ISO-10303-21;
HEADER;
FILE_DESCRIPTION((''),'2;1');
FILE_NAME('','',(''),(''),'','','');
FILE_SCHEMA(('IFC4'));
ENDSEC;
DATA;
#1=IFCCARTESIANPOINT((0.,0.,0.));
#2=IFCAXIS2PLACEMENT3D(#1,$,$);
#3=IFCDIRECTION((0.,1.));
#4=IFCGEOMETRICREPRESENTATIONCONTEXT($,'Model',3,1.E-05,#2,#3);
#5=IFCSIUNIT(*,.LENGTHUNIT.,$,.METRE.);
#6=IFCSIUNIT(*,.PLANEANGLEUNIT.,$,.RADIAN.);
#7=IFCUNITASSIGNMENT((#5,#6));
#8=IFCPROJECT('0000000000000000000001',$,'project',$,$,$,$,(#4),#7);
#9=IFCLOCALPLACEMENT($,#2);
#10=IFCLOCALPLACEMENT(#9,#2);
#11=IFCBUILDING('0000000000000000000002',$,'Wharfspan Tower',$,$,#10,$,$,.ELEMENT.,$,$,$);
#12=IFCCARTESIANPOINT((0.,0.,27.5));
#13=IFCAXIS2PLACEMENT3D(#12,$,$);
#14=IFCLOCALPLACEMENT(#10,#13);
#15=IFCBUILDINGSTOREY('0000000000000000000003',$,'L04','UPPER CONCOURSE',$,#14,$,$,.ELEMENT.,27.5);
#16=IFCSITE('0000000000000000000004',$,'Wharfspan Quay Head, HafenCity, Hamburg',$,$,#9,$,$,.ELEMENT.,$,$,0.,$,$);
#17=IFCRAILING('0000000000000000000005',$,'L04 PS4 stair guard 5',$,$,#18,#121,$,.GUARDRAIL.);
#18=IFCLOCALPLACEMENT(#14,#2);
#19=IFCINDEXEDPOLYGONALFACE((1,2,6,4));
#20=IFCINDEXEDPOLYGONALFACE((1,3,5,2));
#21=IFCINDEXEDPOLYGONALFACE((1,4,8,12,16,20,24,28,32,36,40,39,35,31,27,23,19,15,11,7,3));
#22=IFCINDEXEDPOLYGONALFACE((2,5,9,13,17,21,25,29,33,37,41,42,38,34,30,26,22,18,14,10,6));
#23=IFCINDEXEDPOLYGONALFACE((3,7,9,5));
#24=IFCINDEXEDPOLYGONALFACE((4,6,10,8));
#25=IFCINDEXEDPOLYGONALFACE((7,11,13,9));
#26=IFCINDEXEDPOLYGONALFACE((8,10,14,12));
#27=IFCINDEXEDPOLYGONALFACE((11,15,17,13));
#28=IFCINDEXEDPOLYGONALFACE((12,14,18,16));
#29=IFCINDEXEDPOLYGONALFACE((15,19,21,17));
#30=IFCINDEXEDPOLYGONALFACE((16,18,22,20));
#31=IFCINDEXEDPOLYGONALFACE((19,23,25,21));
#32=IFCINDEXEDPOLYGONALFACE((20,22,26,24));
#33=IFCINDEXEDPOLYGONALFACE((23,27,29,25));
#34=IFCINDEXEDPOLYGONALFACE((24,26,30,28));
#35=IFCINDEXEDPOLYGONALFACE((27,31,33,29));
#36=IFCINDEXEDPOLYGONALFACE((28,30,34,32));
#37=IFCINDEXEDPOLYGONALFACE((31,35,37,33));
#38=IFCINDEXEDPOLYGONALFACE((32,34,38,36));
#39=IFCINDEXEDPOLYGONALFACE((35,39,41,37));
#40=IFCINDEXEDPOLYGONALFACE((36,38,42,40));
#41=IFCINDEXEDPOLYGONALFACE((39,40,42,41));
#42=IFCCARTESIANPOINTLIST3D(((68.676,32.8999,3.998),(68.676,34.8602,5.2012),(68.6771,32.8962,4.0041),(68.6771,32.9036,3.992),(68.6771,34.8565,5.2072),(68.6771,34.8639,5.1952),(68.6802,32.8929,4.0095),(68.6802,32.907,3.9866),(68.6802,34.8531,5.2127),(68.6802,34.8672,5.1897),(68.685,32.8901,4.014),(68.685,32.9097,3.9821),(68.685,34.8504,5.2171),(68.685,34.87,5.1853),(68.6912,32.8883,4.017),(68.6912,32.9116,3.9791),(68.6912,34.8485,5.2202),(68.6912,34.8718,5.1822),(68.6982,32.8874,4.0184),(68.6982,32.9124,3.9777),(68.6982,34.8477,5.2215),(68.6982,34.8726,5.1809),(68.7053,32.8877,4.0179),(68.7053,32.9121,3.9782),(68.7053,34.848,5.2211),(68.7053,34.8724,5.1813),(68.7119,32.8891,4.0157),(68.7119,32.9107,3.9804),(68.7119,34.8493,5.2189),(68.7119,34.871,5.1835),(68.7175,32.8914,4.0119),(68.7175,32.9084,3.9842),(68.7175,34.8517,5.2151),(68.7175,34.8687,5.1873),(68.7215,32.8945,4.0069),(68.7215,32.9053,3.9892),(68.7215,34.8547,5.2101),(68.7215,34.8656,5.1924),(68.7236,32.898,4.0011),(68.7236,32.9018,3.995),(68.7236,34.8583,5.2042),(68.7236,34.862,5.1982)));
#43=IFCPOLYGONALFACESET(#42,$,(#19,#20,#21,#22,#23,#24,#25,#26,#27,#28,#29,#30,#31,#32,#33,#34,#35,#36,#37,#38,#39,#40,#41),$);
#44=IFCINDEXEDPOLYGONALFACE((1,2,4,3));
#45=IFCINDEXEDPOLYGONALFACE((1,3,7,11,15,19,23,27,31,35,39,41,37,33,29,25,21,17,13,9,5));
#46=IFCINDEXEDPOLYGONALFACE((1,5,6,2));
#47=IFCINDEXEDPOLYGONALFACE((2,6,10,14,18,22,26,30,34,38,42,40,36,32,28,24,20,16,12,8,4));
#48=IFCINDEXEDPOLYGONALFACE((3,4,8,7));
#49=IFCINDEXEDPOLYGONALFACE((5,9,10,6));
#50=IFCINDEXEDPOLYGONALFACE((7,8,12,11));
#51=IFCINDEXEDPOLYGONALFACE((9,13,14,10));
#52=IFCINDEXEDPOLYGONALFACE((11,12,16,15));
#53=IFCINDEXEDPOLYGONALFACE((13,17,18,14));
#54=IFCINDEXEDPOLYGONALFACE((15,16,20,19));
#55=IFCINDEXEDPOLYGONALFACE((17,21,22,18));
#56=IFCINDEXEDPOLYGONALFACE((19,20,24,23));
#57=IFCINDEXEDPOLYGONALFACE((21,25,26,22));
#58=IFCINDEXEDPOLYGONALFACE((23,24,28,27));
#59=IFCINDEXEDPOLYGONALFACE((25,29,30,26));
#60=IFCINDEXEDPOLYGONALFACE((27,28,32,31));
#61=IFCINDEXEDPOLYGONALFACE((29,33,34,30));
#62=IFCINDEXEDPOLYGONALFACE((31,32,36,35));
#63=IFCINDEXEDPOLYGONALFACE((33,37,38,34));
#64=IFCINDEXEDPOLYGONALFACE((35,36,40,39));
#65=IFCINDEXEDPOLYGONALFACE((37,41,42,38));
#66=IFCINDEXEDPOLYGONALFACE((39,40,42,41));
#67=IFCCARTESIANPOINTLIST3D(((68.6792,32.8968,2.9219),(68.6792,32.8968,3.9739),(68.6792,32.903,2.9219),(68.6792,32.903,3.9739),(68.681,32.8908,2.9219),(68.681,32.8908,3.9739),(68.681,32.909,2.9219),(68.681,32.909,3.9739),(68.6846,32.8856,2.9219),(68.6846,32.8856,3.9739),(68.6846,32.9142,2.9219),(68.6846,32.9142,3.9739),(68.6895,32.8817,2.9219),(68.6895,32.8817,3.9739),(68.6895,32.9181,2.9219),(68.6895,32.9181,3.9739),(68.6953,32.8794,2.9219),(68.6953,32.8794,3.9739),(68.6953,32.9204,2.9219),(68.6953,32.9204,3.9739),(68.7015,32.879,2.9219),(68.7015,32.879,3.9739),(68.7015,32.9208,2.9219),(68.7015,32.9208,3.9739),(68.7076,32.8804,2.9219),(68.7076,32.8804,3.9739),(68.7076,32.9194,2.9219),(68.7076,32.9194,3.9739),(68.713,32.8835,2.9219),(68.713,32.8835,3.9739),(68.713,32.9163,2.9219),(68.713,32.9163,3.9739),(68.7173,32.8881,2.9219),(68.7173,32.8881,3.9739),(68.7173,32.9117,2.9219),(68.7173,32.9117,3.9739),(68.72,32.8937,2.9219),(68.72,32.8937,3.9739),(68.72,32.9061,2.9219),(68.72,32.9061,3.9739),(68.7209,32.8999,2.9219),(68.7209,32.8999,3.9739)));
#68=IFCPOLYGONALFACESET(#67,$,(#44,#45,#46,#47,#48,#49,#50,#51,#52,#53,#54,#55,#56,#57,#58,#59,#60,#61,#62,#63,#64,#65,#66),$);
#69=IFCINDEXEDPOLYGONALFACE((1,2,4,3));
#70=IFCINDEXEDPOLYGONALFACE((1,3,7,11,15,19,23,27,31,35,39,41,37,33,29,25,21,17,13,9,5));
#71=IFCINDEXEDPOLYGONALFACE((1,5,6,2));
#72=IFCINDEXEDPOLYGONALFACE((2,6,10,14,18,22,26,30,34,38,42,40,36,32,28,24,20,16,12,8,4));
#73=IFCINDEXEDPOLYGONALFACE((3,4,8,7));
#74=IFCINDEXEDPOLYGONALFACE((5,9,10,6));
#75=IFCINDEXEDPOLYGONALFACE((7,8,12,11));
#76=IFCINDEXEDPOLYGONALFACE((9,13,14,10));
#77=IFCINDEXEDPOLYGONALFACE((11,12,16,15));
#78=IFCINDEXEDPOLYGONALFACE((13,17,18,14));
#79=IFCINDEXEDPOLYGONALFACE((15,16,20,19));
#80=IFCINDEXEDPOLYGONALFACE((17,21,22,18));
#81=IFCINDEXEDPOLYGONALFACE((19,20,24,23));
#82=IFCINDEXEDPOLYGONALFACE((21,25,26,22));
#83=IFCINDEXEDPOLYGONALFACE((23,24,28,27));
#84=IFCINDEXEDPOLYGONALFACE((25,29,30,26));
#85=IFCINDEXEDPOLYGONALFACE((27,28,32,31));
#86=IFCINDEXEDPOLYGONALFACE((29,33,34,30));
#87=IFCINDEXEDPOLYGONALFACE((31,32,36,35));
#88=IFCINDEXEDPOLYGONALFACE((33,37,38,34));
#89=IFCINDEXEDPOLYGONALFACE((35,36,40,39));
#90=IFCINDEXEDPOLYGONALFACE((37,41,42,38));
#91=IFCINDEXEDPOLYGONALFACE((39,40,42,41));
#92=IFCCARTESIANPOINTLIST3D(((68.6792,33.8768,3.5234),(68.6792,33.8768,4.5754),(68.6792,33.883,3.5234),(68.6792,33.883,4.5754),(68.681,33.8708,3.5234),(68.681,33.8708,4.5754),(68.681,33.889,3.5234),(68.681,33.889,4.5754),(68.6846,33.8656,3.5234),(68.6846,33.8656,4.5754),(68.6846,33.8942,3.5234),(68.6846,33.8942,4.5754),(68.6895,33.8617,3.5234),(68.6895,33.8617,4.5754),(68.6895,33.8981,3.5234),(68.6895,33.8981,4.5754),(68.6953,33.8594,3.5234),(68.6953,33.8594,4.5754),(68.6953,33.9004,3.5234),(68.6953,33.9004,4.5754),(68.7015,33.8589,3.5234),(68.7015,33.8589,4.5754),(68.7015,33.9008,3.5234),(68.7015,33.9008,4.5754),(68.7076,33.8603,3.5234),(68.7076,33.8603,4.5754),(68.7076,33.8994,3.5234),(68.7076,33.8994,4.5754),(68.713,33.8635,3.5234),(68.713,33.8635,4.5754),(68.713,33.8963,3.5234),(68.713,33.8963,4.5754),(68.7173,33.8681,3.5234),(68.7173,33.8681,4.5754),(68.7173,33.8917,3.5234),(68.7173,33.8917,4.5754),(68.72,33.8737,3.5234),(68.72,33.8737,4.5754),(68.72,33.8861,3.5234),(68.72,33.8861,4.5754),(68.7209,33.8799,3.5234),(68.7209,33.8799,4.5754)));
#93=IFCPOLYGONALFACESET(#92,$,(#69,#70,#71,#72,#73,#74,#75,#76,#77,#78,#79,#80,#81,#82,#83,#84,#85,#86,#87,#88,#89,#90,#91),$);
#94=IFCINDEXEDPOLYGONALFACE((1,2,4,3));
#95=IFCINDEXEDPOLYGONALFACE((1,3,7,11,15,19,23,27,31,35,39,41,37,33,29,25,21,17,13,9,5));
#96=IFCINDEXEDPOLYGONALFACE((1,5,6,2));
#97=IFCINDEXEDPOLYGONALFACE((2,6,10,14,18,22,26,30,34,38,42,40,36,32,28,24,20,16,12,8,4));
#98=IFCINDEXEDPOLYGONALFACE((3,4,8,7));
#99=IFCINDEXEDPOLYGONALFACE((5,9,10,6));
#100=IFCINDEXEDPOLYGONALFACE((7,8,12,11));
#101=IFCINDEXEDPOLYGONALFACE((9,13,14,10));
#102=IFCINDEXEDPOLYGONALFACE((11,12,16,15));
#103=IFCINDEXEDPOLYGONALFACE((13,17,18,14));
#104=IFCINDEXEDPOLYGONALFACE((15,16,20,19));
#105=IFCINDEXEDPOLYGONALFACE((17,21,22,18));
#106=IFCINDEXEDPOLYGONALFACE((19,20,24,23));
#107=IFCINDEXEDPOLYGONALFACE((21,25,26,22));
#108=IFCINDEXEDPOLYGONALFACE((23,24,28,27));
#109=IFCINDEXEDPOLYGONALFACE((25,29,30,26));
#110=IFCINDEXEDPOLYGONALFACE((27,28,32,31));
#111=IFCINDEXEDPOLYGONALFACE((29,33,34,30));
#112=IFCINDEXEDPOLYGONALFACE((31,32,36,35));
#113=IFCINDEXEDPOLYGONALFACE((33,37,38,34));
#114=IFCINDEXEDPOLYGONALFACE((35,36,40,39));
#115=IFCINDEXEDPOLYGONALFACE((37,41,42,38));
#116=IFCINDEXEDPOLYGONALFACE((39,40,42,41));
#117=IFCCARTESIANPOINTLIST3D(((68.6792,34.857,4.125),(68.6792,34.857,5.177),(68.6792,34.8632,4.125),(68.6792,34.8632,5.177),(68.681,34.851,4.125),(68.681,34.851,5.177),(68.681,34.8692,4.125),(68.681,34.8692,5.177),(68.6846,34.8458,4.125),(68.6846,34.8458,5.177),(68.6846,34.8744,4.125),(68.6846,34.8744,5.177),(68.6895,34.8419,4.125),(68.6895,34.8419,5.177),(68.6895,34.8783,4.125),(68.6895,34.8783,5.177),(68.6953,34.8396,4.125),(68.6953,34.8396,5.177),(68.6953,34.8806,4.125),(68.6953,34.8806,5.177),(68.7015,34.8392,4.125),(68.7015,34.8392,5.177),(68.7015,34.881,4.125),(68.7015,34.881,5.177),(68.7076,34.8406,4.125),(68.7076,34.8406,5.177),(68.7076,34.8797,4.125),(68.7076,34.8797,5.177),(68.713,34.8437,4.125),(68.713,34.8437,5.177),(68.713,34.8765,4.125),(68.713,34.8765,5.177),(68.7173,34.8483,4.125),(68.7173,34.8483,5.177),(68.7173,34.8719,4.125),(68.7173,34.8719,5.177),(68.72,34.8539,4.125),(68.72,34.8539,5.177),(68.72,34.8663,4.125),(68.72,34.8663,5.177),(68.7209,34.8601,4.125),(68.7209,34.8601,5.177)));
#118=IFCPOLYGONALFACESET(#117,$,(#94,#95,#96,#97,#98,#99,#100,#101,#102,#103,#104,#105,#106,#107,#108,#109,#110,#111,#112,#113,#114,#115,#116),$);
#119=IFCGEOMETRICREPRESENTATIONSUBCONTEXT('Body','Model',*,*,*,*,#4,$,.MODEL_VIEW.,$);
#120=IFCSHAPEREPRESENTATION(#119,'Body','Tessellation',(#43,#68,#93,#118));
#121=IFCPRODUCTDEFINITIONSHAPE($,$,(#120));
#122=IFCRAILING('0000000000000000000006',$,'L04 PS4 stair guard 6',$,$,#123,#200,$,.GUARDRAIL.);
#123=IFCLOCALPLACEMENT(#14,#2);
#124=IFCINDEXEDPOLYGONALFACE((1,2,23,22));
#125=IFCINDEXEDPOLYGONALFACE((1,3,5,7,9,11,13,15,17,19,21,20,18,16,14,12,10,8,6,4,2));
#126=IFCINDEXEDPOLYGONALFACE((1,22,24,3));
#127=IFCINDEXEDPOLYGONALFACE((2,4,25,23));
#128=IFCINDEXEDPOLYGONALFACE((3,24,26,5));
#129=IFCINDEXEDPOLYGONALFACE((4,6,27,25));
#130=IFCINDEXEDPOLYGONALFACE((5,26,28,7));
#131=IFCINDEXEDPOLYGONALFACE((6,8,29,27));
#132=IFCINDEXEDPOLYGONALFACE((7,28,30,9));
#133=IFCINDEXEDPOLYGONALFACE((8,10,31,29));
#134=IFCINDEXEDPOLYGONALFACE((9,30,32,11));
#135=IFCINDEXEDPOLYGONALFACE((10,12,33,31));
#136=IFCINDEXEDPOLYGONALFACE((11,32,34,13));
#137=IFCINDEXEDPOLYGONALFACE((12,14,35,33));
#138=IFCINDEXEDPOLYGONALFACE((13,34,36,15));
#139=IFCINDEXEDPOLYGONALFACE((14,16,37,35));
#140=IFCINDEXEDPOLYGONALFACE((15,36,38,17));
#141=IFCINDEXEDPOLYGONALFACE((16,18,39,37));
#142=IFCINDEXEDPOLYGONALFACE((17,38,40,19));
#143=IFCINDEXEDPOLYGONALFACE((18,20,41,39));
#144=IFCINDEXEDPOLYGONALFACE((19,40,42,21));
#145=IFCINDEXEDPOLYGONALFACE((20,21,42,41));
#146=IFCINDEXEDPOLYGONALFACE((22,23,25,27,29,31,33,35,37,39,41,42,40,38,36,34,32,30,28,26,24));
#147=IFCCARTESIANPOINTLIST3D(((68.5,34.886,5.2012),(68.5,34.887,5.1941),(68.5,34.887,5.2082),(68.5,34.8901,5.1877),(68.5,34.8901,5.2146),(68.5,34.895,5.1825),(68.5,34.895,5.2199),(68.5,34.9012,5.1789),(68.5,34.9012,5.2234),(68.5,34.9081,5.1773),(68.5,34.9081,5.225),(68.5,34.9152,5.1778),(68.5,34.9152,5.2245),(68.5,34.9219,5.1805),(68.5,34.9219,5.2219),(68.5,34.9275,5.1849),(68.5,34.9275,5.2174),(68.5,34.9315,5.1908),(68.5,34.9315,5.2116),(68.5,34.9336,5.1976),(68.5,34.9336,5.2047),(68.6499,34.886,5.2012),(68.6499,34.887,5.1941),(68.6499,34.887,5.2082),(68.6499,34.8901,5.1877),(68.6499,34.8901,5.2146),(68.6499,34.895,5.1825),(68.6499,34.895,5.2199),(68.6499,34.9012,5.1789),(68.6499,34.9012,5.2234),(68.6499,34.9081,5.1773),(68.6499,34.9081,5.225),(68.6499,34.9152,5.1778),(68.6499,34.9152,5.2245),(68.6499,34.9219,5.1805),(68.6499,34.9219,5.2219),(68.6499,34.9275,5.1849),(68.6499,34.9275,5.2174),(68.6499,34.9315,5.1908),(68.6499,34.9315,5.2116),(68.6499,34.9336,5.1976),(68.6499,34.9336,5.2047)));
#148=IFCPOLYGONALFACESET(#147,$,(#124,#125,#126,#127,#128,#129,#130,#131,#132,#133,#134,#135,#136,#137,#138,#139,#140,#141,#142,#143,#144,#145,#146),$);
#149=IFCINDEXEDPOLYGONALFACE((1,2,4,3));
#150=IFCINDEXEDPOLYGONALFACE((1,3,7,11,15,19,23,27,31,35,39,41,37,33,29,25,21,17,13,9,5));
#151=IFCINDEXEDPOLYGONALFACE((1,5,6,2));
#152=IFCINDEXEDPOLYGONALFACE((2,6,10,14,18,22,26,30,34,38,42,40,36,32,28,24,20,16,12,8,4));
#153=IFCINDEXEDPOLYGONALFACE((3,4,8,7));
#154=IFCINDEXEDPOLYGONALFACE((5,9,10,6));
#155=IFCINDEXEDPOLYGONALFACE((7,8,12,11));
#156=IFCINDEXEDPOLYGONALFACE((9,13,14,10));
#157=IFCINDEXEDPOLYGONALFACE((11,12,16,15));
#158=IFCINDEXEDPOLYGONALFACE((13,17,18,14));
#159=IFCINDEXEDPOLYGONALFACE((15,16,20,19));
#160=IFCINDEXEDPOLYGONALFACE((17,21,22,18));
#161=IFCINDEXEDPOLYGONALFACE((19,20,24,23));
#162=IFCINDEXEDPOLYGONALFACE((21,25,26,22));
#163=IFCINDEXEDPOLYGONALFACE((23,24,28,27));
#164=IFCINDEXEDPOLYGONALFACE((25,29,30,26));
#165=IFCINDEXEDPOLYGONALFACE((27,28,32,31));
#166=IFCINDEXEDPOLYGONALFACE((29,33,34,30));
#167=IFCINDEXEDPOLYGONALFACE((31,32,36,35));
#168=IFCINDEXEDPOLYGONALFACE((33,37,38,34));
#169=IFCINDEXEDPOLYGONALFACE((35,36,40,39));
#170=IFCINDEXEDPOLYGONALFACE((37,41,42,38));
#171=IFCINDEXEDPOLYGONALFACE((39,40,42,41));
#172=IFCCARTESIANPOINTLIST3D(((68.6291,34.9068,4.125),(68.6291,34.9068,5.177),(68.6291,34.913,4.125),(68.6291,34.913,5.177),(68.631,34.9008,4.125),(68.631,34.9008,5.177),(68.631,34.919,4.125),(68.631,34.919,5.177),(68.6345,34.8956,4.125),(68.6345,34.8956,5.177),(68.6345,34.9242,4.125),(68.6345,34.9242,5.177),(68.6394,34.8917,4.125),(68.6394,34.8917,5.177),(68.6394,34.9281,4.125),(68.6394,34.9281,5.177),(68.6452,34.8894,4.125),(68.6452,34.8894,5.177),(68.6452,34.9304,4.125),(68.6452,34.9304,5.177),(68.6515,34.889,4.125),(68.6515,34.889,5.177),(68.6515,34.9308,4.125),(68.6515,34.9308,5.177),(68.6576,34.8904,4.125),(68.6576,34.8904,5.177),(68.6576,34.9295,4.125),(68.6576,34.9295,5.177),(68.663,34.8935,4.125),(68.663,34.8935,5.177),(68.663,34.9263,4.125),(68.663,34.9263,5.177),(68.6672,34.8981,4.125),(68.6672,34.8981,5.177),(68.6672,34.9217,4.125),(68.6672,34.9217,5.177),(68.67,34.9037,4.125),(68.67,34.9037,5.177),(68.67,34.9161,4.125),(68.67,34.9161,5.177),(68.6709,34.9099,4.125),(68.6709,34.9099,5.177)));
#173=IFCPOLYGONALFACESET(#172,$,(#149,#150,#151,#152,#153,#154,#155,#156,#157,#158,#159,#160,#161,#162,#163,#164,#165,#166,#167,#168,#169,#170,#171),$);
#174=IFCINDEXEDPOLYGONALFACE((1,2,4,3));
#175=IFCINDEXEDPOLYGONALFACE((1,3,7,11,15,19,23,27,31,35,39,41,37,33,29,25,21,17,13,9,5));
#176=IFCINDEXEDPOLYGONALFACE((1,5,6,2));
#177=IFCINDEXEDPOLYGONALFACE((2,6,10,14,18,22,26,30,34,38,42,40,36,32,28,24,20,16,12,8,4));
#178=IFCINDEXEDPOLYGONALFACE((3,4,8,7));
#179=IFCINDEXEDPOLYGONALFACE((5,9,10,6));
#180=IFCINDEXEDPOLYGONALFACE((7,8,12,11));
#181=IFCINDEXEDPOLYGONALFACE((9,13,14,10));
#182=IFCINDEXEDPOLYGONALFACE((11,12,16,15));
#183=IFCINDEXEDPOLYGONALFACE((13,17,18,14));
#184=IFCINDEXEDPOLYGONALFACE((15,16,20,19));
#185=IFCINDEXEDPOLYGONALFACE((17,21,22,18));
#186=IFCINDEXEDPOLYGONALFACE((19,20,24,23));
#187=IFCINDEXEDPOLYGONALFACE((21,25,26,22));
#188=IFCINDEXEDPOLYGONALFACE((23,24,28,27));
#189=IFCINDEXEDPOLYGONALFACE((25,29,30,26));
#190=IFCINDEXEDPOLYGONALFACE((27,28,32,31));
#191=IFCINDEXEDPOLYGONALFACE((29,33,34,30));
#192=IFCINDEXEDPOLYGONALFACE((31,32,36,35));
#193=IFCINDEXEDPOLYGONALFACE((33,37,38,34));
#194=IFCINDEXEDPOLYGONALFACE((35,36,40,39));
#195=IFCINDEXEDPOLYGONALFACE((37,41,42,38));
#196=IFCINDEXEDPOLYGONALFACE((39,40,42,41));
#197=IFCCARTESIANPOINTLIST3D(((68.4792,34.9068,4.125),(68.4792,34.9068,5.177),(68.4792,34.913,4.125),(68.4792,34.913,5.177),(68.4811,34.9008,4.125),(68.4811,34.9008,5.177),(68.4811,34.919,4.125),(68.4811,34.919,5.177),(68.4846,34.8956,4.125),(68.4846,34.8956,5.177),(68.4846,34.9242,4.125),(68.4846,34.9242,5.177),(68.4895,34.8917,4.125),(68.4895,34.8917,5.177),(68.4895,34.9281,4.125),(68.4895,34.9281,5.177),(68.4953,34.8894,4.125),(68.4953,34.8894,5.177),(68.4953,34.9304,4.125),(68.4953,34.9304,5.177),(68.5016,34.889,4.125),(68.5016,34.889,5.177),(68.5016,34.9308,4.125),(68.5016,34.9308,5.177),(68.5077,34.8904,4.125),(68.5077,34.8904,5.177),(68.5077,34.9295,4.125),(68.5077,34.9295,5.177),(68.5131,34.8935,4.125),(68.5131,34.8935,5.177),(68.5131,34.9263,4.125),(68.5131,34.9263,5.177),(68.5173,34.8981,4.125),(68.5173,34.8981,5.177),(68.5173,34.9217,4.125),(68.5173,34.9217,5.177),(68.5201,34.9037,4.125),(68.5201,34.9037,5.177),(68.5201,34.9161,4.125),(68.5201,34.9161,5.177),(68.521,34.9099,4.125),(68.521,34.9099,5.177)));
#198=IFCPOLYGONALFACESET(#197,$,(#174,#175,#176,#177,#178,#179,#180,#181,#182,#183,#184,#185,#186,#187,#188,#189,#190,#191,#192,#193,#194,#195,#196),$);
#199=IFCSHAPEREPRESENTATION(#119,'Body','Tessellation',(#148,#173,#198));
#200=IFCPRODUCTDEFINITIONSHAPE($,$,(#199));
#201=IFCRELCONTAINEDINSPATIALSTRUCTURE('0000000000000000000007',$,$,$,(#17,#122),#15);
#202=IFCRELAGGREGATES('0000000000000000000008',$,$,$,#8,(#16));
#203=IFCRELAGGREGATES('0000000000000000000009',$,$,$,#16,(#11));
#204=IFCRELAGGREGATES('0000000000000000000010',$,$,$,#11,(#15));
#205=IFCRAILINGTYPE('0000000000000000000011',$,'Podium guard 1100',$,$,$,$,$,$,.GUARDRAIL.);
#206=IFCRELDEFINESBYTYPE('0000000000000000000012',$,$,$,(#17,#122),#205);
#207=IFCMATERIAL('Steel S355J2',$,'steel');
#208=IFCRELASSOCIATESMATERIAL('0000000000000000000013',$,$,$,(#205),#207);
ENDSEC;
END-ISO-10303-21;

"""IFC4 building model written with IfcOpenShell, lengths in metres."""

from ifc_helpers import new_model, si_unit, direction, frame, origin, origin_2d, place, context, subcontext, project, spatial, circle, extrude, material, type_object, element, save


model = new_model("IFC4")

# Units and contexts
model_context = context("Model", 3, precision=1e-05, world=origin(), true_north=direction((0.0, 1.0)))
body_context = subcontext(model_context, "Body", "Model", "MODEL_VIEW")
ifc_project = project(units=[si_unit("LENGTHUNIT", "METRE"), si_unit("PLANEANGLEUNIT", "RADIAN")], contexts=[model_context])

# Site, building, storey
site_placement = place(None, origin())
site = spatial("IfcSite", under=ifc_project, at=site_placement, Name="Wharfspan Quay Head, HafenCity, Hamburg", CompositionType="ELEMENT", RefElevation=0.0)
building_placement = place(site_placement, origin())
building = spatial("IfcBuilding", under=site, at=building_placement, Name="Wharfspan Tower", CompositionType="ELEMENT")
storey_placement = place(building_placement, frame((0.0, 0.0, 27.5)))
storey = spatial("IfcBuildingStorey", under=building, at=storey_placement, Name="L04", Description="UPPER CONCOURSE", CompositionType="ELEMENT", Elevation=27.5)

# Railings
ifc_material_1 = material(Name="Steel S355J2", Category="steel")
railing_type_1 = type_object("IfcRailingType", Name="Podium guard 1100", PredefinedType="GUARDRAIL", material=ifc_material_1)
railing_1_placement = place(storey_placement, frame((68.7, 32.8999, 2.9219)))
element("IfcRailing", 1, at=railing_1_placement, inside=storey, type_object=railing_type_1, Name="L04 PS4 stair guard 5", PredefinedType="GUARDRAIL", context=body_context, shape_type="SweptSolid", body=[
    extrude(circle(Radius=0.0239, at=origin_2d()), frame((0.0, 0.0, 1.0762), z_axis=(0.0, 0.85227, 0.523102), x_axis=(-1.0, 0.0, 0.0)), (0.0, 0.0, 1.0), 2.3),
    extrude(circle(Radius=0.021, at=origin_2d()), origin(), (0.0, 0.0, 1.0), 1.052),
    extrude(circle(Radius=0.021, at=origin_2d()), frame((0.0, 0.98, 0.6016)), (0.0, 0.0, 1.0), 1.052),
    extrude(circle(Radius=0.021, at=origin_2d()), frame((0.0, 1.9602, 1.2031)), (0.0, 0.0, 1.0), 1.052),
])
railing_2_placement = place(storey_placement, frame((68.6499, 34.9099, 4.125)))
element("IfcRailing", 2, at=railing_2_placement, inside=storey, type_object=railing_type_1, Name="L04 PS4 stair guard 6", PredefinedType="GUARDRAIL", context=body_context, shape_type="SweptSolid", body=[
    extrude(circle(Radius=0.0239, at=origin_2d()), frame((0.0, 0.0, 1.0762), z_axis=(-1.0, 0.0, 0.0), x_axis=(0.0, -1.0, 0.0)), (0.0, 0.0, 1.0), 0.1499),
    extrude(circle(Radius=0.021, at=origin_2d()), origin(), (0.0, 0.0, 1.0), 1.052),
    extrude(circle(Radius=0.021, at=origin_2d()), frame((-0.1499, 0.0, 0.0)), (0.0, 0.0, 1.0), 1.052),
])

save(model, "model.ifc")
